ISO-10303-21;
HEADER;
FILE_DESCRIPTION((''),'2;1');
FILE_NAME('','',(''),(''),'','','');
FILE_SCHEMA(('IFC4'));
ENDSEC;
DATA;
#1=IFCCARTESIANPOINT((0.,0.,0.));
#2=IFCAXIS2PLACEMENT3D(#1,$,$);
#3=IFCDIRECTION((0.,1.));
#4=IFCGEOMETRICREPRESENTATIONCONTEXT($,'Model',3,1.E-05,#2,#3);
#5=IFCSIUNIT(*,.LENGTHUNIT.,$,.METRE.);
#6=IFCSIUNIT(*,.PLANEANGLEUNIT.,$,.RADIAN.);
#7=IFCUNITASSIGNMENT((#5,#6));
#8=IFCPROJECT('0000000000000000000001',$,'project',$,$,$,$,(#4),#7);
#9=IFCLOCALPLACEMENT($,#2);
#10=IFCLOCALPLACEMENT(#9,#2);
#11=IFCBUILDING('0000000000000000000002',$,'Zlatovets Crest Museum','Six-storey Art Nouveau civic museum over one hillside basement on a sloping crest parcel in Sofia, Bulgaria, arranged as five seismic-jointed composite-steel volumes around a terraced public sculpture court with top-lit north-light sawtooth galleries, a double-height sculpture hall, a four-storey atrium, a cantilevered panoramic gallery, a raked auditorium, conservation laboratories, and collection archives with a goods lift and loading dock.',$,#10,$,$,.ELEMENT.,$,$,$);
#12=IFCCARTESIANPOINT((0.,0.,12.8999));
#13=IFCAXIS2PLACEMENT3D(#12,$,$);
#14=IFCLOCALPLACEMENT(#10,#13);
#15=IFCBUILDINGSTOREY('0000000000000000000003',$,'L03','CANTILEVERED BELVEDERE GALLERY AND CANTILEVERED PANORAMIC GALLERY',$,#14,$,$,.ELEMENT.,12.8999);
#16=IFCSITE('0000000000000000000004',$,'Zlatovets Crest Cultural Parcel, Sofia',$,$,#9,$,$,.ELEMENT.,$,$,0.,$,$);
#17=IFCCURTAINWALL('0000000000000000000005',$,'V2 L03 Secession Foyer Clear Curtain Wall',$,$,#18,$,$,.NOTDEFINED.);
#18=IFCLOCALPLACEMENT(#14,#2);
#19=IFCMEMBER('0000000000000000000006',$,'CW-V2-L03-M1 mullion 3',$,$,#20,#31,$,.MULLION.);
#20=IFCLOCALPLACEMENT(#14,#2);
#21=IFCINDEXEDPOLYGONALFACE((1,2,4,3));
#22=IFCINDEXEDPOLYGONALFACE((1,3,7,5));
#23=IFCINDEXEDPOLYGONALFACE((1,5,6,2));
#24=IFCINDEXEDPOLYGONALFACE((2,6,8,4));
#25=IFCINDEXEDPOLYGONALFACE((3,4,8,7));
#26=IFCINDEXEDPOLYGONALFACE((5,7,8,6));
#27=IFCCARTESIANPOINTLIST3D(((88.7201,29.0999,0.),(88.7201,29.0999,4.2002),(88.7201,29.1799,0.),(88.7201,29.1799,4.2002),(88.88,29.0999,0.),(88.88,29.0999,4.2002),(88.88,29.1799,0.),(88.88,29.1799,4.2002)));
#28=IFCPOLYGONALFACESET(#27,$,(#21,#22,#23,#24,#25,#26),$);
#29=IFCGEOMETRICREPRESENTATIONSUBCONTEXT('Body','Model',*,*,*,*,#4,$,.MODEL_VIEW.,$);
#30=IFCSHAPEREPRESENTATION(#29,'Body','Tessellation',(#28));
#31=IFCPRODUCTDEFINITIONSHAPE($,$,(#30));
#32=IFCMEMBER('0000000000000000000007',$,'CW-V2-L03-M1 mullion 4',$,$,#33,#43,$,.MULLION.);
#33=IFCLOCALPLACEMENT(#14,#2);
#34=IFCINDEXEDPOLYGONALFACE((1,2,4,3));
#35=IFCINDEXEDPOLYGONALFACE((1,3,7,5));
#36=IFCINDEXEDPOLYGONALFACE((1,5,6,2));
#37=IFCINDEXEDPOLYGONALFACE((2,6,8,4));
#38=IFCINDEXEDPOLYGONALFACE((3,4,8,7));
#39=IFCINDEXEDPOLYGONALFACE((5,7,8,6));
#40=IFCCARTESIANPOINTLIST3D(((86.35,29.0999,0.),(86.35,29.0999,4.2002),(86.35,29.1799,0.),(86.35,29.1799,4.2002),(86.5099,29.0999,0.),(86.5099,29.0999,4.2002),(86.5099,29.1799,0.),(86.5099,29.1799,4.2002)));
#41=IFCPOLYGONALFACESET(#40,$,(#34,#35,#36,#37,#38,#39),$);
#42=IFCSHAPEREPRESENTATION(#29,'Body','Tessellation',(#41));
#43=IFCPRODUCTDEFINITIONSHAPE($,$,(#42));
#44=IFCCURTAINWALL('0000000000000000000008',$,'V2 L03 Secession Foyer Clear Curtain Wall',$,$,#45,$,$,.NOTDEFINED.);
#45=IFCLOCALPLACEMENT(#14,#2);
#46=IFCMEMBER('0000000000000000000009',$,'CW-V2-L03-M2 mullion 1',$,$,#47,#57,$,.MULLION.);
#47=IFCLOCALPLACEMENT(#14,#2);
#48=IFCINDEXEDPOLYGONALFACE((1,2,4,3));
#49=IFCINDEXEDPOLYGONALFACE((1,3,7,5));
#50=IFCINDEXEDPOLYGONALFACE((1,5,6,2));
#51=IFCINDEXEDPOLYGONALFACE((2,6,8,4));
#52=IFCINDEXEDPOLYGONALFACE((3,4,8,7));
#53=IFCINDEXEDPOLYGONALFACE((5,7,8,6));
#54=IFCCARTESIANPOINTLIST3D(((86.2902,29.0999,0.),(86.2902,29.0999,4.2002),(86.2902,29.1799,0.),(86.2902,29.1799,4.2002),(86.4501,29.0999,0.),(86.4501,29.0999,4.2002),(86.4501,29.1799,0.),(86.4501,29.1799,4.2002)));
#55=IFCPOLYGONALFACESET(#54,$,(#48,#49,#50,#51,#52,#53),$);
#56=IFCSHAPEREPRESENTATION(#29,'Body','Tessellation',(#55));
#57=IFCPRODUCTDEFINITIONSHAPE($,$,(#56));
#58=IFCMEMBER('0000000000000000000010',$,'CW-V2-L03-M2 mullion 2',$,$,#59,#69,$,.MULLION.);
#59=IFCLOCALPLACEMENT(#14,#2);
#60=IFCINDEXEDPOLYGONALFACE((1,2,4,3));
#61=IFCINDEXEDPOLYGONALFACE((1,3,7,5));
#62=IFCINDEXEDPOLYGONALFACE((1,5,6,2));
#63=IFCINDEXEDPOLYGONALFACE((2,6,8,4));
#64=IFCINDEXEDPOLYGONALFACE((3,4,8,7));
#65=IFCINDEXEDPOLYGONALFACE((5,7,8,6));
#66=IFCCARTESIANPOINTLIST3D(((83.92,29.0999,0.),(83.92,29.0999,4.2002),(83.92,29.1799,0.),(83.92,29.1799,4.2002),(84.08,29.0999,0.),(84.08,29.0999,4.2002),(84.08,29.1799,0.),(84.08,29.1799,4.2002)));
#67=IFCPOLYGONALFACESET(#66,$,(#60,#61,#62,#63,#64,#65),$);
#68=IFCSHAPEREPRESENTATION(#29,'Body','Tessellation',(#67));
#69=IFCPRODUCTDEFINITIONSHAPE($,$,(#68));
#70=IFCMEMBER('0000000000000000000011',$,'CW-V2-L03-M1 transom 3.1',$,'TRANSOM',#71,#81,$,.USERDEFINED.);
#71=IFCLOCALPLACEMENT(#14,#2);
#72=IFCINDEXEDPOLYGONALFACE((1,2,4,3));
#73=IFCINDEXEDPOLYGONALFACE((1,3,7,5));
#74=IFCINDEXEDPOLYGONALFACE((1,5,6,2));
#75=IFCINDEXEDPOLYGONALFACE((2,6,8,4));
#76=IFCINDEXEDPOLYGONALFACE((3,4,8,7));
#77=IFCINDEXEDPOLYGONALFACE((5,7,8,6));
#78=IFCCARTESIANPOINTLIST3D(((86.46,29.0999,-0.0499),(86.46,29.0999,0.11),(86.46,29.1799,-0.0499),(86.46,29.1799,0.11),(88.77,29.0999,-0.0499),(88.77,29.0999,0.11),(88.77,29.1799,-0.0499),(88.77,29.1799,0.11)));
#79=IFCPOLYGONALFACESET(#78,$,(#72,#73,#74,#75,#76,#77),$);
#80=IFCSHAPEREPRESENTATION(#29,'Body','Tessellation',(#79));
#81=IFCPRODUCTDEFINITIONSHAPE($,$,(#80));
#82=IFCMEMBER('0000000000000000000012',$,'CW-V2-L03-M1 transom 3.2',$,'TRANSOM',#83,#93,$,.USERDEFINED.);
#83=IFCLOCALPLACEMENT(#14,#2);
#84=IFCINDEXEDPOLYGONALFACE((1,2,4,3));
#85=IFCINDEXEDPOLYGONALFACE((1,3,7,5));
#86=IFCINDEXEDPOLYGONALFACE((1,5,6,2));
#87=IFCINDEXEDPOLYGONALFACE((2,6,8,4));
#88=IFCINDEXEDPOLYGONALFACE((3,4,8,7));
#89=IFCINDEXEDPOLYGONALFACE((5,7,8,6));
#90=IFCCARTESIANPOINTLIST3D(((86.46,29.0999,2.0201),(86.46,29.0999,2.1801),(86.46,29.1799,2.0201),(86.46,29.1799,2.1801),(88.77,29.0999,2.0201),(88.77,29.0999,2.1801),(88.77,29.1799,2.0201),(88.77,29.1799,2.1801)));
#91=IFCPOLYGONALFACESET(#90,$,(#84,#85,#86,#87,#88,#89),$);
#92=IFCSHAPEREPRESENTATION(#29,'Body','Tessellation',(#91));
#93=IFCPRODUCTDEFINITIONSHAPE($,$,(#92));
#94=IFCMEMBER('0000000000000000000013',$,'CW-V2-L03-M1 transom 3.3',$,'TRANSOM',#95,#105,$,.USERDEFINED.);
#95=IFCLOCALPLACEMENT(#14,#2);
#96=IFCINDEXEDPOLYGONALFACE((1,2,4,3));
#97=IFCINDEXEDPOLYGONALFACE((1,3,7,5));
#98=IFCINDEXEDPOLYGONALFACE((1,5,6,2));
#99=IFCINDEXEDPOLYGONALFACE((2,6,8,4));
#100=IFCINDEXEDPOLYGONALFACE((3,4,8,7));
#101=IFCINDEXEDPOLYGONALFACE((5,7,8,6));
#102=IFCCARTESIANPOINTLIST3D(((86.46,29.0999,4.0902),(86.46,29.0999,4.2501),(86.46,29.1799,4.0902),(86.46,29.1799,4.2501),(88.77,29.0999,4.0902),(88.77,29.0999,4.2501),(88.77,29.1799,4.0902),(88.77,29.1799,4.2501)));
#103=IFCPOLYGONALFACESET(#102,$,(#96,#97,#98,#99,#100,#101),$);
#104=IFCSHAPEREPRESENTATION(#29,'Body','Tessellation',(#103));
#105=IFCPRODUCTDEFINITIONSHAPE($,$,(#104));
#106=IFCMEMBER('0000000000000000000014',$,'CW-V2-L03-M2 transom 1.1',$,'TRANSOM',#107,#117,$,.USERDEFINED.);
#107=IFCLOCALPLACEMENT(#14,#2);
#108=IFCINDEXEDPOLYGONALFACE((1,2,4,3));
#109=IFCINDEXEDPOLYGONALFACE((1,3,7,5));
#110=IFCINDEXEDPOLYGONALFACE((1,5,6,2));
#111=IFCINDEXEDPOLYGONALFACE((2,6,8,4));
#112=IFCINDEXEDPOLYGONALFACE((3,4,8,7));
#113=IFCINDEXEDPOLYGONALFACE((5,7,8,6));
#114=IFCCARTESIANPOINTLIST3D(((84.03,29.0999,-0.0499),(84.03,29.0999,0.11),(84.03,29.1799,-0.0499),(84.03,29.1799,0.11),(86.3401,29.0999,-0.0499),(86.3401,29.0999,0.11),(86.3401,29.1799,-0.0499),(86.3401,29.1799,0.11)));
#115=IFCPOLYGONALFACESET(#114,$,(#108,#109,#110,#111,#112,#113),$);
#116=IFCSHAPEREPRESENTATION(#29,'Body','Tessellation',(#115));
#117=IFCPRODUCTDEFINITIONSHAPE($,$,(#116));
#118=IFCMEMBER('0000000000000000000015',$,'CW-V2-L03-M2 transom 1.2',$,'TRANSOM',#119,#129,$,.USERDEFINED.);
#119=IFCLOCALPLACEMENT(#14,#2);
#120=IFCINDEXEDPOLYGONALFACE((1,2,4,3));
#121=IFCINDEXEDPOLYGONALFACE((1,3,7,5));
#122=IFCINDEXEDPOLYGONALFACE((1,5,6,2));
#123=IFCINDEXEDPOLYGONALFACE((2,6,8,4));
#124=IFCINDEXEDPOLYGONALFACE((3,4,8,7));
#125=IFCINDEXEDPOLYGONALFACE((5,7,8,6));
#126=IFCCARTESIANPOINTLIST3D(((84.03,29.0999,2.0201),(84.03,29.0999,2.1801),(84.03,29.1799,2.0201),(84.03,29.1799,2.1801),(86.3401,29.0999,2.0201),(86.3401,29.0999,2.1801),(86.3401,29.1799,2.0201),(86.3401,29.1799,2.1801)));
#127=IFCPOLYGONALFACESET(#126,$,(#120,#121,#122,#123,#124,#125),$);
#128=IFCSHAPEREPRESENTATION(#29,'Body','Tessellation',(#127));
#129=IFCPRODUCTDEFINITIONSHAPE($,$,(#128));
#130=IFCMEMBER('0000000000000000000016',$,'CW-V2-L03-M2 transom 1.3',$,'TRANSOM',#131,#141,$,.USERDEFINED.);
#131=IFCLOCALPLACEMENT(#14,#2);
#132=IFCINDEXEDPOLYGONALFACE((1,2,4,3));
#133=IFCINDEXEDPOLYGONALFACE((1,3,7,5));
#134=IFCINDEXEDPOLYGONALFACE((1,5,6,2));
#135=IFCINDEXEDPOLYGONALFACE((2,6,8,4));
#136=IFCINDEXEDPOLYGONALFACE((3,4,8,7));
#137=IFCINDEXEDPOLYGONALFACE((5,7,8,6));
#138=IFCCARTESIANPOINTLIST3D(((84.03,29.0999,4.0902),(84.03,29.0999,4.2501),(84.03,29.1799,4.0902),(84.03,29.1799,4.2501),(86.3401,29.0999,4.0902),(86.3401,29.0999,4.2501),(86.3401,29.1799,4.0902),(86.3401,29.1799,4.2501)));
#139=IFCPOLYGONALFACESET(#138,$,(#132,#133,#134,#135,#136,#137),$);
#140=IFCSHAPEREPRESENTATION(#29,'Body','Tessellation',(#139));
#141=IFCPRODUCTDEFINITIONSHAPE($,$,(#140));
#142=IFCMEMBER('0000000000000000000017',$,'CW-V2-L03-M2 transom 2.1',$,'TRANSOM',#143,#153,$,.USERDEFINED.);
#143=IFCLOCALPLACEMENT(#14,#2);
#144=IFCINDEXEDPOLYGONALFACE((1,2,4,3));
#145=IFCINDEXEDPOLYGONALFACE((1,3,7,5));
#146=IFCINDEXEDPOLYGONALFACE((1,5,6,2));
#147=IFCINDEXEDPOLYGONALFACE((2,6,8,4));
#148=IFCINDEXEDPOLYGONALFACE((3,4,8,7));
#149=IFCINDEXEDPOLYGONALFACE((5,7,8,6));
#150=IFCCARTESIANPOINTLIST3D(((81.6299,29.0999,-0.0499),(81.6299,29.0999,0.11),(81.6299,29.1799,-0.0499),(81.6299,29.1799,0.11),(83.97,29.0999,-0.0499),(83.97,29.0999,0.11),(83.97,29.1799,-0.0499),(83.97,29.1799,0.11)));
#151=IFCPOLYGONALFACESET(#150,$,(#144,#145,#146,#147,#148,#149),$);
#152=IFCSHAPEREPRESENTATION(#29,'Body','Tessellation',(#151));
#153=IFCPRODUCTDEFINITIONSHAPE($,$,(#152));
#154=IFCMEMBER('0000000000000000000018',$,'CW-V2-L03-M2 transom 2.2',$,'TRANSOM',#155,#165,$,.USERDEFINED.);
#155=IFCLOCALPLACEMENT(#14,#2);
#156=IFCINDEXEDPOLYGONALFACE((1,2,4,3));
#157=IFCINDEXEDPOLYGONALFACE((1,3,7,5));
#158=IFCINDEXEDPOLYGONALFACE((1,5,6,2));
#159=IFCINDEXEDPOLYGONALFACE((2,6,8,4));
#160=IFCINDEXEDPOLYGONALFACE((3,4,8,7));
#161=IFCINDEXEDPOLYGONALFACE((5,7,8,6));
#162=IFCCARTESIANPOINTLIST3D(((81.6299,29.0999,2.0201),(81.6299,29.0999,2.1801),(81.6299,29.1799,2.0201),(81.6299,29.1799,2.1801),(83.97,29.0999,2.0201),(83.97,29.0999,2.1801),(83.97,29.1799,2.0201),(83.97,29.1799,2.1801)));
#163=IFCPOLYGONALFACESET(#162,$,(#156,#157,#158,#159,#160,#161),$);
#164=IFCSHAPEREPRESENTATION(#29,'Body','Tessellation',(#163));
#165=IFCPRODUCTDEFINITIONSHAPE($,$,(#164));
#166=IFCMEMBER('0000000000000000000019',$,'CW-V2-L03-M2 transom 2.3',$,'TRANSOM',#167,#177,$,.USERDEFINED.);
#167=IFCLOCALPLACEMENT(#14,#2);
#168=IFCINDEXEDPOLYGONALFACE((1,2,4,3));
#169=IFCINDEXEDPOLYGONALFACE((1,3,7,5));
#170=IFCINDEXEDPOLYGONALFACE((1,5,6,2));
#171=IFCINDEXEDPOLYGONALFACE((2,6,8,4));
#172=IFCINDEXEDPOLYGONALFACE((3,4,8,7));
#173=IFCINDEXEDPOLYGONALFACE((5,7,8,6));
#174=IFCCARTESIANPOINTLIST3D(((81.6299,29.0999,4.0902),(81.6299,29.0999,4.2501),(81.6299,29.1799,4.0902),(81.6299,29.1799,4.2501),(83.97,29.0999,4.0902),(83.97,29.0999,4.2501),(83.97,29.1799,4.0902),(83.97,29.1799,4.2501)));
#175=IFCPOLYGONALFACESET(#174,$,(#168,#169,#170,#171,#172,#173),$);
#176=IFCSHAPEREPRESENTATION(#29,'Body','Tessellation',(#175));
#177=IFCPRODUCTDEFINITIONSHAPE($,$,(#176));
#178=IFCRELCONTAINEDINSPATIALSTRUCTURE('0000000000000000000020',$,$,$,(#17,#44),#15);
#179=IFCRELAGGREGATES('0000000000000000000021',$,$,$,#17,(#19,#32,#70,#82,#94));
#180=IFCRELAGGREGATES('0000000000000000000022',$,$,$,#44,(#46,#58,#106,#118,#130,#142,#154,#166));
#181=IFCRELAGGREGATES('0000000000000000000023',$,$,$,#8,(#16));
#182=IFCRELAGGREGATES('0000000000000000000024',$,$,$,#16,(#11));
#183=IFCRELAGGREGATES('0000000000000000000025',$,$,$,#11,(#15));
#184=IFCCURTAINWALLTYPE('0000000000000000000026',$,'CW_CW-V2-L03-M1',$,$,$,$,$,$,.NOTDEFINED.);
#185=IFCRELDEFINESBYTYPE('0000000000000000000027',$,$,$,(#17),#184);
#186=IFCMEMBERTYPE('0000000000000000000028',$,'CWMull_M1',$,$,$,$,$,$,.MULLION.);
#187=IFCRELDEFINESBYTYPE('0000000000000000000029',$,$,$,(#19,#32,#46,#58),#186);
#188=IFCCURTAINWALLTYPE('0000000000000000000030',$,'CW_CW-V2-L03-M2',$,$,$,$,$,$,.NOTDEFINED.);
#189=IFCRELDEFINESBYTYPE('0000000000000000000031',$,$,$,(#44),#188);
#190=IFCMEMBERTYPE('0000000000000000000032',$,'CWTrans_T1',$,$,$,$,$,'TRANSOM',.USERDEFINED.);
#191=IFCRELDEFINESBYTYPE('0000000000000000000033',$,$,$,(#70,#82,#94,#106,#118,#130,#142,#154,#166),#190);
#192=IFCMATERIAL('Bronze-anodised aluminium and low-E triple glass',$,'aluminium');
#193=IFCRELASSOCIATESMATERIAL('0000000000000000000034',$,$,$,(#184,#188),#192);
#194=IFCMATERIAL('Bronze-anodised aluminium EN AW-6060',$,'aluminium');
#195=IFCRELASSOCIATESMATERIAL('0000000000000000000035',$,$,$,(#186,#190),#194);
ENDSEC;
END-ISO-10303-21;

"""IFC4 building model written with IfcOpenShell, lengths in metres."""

from ifc_helpers import new_model, si_unit, direction, frame, origin, origin_2d, place, context, subcontext, project, spatial, rectangle, extrude, material, material_profile, profile_set, type_object, element, aggregate, save


model = new_model("IFC4")

# Units and contexts
model_context = context("Model", 3, precision=1e-05, world=origin(), true_north=direction((0.0, 1.0)))
body_context = subcontext(model_context, "Body", "Model", "MODEL_VIEW")
ifc_project = project(units=[si_unit("LENGTHUNIT", "METRE"), si_unit("PLANEANGLEUNIT", "RADIAN")], contexts=[model_context])

# Site, building, storey
site_placement = place(None, origin())
site = spatial("IfcSite", under=ifc_project, at=site_placement, Name="Zlatovets Crest Cultural Parcel, Sofia", CompositionType="ELEMENT", RefElevation=0.0)
building_placement = place(site_placement, origin())
building = spatial("IfcBuilding", under=site, at=building_placement, Name="Zlatovets Crest Museum", Description="Six-storey Art Nouveau civic museum over one hillside basement on a sloping crest parcel in Sofia, Bulgaria, arranged as five seismic-jointed composite-steel volumes around a terraced public sculpture court with top-lit north-light sawtooth galleries, a double-height sculpture hall, a four-storey atrium, a cantilevered panoramic gallery, a raked auditorium, conservation laboratories, and collection archives with a goods lift and loading dock.", CompositionType="ELEMENT")
storey_placement = place(building_placement, frame((0.0, 0.0, 12.8999)))
storey = spatial("IfcBuildingStorey", under=building, at=storey_placement, Name="L03", Description="CANTILEVERED BELVEDERE GALLERY AND CANTILEVERED PANORAMIC GALLERY", CompositionType="ELEMENT", Elevation=12.8999)

# Curtain walls, members
ifc_material_1 = material(Name="Bronze-anodised aluminium and low-E triple glass", Category="aluminium")
curtain_wall_type_1 = type_object("IfcCurtainWallType", Name="CW_CW-V2-L03-M1", PredefinedType="NOTDEFINED", material=ifc_material_1)
curtain_wall_1_placement = place(storey_placement, origin())
curtain_wall_1 = element("IfcCurtainWall", 1, at=curtain_wall_1_placement, inside=storey, type_object=curtain_wall_type_1, Name="V2 L03 Secession Foyer Clear Curtain Wall", PredefinedType="NOTDEFINED")
ifc_material_2 = material(Name="Bronze-anodised aluminium EN AW-6060", Category="aluminium")
ifc_material_profile_1 = material_profile(ifc_material_2, rectangle(XDim=0.0801, YDim=0.1599, at=origin_2d()), Name="ALU 80x160")
ifc_profile_set_1 = profile_set([ifc_material_profile_1], Name="Bronze-anodised aluminium EN AW-6060")
member_type_1 = type_object("IfcMemberType", Name="CWMull_M1", PredefinedType="MULLION", material=ifc_profile_set_1)
member_1_placement = place(storey_placement, frame((88.8, 29.1399, 0.0), z_axis=(0.0, 0.0, 1.0), x_axis=(0.0, -1.0, 0.0)))
member_1 = element("IfcMember", 2, at=member_1_placement, type_object=member_type_1, Name="CW-V2-L03-M1 mullion 3", PredefinedType="MULLION", context=body_context, shape_type="SweptSolid", body=[
    extrude(rectangle(XDim=0.0801, YDim=0.1599, at=origin_2d()), origin(), (0.0, 0.0, 1.0), 4.2002),
])
member_2_placement = place(storey_placement, frame((86.4299, 29.1399, 0.0), z_axis=(0.0, 0.0, 1.0), x_axis=(0.0, -1.0, 0.0)))
member_2 = element("IfcMember", 3, at=member_2_placement, type_object=member_type_1, Name="CW-V2-L03-M1 mullion 4", PredefinedType="MULLION", context=body_context, shape_type="SweptSolid", body=[
    extrude(rectangle(XDim=0.0801, YDim=0.1599, at=origin_2d()), origin(), (0.0, 0.0, 1.0), 4.2002),
])
curtain_wall_type_2 = type_object("IfcCurtainWallType", Name="CW_CW-V2-L03-M2", PredefinedType="NOTDEFINED", material=ifc_material_1)
curtain_wall_2_placement = place(storey_placement, origin())
curtain_wall_2 = element("IfcCurtainWall", 4, at=curtain_wall_2_placement, inside=storey, type_object=curtain_wall_type_2, Name="V2 L03 Secession Foyer Clear Curtain Wall", PredefinedType="NOTDEFINED")
member_3_placement = place(storey_placement, frame((86.3701, 29.1399, 0.0), z_axis=(0.0, 0.0, 1.0), x_axis=(0.0, -1.0, 0.0)))
member_3 = element("IfcMember", 5, at=member_3_placement, type_object=member_type_1, Name="CW-V2-L03-M2 mullion 1", PredefinedType="MULLION", context=body_context, shape_type="SweptSolid", body=[
    extrude(rectangle(XDim=0.0801, YDim=0.1599, at=origin_2d()), origin(), (0.0, 0.0, 1.0), 4.2002),
])
member_4_placement = place(storey_placement, frame((84.0, 29.1399, 0.0), z_axis=(0.0, 0.0, 1.0), x_axis=(0.0, -1.0, 0.0)))
member_4 = element("IfcMember", 6, at=member_4_placement, type_object=member_type_1, Name="CW-V2-L03-M2 mullion 2", PredefinedType="MULLION", context=body_context, shape_type="SweptSolid", body=[
    extrude(rectangle(XDim=0.0801, YDim=0.1599, at=origin_2d()), origin(), (0.0, 0.0, 1.0), 4.2002),
])

# Members
ifc_material_profile_2 = material_profile(ifc_material_2, rectangle(XDim=0.0801, YDim=0.1599, at=origin_2d()), Name="ALU 80x160")
ifc_profile_set_2 = profile_set([ifc_material_profile_2], Name="Bronze-anodised aluminium EN AW-6060")
member_type_2 = type_object("IfcMemberType", Name="CWTrans_T1", ElementType="TRANSOM", PredefinedType="USERDEFINED", material=ifc_profile_set_2)
member_5_placement = place(storey_placement, frame((88.77, 29.1399, 0.03), z_axis=(-1.0, 0.0, 0.0), x_axis=(0.0, -1.0, 0.0)))
member_5 = element("IfcMember", 7, at=member_5_placement, type_object=member_type_2, Name="CW-V2-L03-M1 transom 3.1", ObjectType="TRANSOM", PredefinedType="USERDEFINED", context=body_context, shape_type="SweptSolid", body=[
    extrude(rectangle(XDim=0.0801, YDim=0.1599, at=origin_2d()), origin(), (0.0, 0.0, 1.0), 2.3101),
])
member_6_placement = place(storey_placement, frame((88.77, 29.1399, 2.1001), z_axis=(-1.0, 0.0, 0.0), x_axis=(0.0, -1.0, 0.0)))
member_6 = element("IfcMember", 8, at=member_6_placement, type_object=member_type_2, Name="CW-V2-L03-M1 transom 3.2", ObjectType="TRANSOM", PredefinedType="USERDEFINED", context=body_context, shape_type="SweptSolid", body=[
    extrude(rectangle(XDim=0.0801, YDim=0.1599, at=origin_2d()), origin(), (0.0, 0.0, 1.0), 2.3101),
])
member_7_placement = place(storey_placement, frame((88.77, 29.1399, 4.1702), z_axis=(-1.0, 0.0, 0.0), x_axis=(0.0, -1.0, 0.0)))
member_7 = element("IfcMember", 9, at=member_7_placement, type_object=member_type_2, Name="CW-V2-L03-M1 transom 3.3", ObjectType="TRANSOM", PredefinedType="USERDEFINED", context=body_context, shape_type="SweptSolid", body=[
    extrude(rectangle(XDim=0.0801, YDim=0.1599, at=origin_2d()), origin(), (0.0, 0.0, 1.0), 2.3101),
])
member_8_placement = place(storey_placement, frame((86.3401, 29.1399, 0.03), z_axis=(-1.0, 0.0, 0.0), x_axis=(0.0, -1.0, 0.0)))
member_8 = element("IfcMember", 10, at=member_8_placement, type_object=member_type_2, Name="CW-V2-L03-M2 transom 1.1", ObjectType="TRANSOM", PredefinedType="USERDEFINED", context=body_context, shape_type="SweptSolid", body=[
    extrude(rectangle(XDim=0.0801, YDim=0.1599, at=origin_2d()), origin(), (0.0, 0.0, 1.0), 2.3101),
])
member_9_placement = place(storey_placement, frame((86.3401, 29.1399, 2.1001), z_axis=(-1.0, 0.0, 0.0), x_axis=(0.0, -1.0, 0.0)))
member_9 = element("IfcMember", 11, at=member_9_placement, type_object=member_type_2, Name="CW-V2-L03-M2 transom 1.2", ObjectType="TRANSOM", PredefinedType="USERDEFINED", context=body_context, shape_type="SweptSolid", body=[
    extrude(rectangle(XDim=0.0801, YDim=0.1599, at=origin_2d()), origin(), (0.0, 0.0, 1.0), 2.3101),
])
member_10_placement = place(storey_placement, frame((86.3401, 29.1399, 4.1702), z_axis=(-1.0, 0.0, 0.0), x_axis=(0.0, -1.0, 0.0)))
member_10 = element("IfcMember", 12, at=member_10_placement, type_object=member_type_2, Name="CW-V2-L03-M2 transom 1.3", ObjectType="TRANSOM", PredefinedType="USERDEFINED", context=body_context, shape_type="SweptSolid", body=[
    extrude(rectangle(XDim=0.0801, YDim=0.1599, at=origin_2d()), origin(), (0.0, 0.0, 1.0), 2.3101),
])
member_11_placement = place(storey_placement, frame((83.97, 29.1399, 0.03), z_axis=(-1.0, 0.0, 0.0), x_axis=(0.0, -1.0, 0.0)))
member_11 = element("IfcMember", 13, at=member_11_placement, type_object=member_type_2, Name="CW-V2-L03-M2 transom 2.1", ObjectType="TRANSOM", PredefinedType="USERDEFINED", context=body_context, shape_type="SweptSolid", body=[
    extrude(rectangle(XDim=0.0801, YDim=0.1599, at=origin_2d()), origin(), (0.0, 0.0, 1.0), 2.3401),
])
member_12_placement = place(storey_placement, frame((83.97, 29.1399, 2.1001), z_axis=(-1.0, 0.0, 0.0), x_axis=(0.0, -1.0, 0.0)))
member_12 = element("IfcMember", 14, at=member_12_placement, type_object=member_type_2, Name="CW-V2-L03-M2 transom 2.2", ObjectType="TRANSOM", PredefinedType="USERDEFINED", context=body_context, shape_type="SweptSolid", body=[
    extrude(rectangle(XDim=0.0801, YDim=0.1599, at=origin_2d()), origin(), (0.0, 0.0, 1.0), 2.3401),
])
member_13_placement = place(storey_placement, frame((83.97, 29.1399, 4.1702), z_axis=(-1.0, 0.0, 0.0), x_axis=(0.0, -1.0, 0.0)))
member_13 = element("IfcMember", 15, at=member_13_placement, type_object=member_type_2, Name="CW-V2-L03-M2 transom 2.3", ObjectType="TRANSOM", PredefinedType="USERDEFINED", context=body_context, shape_type="SweptSolid", body=[
    extrude(rectangle(XDim=0.0801, YDim=0.1599, at=origin_2d()), origin(), (0.0, 0.0, 1.0), 2.3401),
])

aggregate(curtain_wall_1, [member_1, member_2, member_5, member_6, member_7])
aggregate(curtain_wall_2, [member_3, member_4, member_8, member_9, member_10, member_11, member_12, member_13])

save(model, "model.ifc")
